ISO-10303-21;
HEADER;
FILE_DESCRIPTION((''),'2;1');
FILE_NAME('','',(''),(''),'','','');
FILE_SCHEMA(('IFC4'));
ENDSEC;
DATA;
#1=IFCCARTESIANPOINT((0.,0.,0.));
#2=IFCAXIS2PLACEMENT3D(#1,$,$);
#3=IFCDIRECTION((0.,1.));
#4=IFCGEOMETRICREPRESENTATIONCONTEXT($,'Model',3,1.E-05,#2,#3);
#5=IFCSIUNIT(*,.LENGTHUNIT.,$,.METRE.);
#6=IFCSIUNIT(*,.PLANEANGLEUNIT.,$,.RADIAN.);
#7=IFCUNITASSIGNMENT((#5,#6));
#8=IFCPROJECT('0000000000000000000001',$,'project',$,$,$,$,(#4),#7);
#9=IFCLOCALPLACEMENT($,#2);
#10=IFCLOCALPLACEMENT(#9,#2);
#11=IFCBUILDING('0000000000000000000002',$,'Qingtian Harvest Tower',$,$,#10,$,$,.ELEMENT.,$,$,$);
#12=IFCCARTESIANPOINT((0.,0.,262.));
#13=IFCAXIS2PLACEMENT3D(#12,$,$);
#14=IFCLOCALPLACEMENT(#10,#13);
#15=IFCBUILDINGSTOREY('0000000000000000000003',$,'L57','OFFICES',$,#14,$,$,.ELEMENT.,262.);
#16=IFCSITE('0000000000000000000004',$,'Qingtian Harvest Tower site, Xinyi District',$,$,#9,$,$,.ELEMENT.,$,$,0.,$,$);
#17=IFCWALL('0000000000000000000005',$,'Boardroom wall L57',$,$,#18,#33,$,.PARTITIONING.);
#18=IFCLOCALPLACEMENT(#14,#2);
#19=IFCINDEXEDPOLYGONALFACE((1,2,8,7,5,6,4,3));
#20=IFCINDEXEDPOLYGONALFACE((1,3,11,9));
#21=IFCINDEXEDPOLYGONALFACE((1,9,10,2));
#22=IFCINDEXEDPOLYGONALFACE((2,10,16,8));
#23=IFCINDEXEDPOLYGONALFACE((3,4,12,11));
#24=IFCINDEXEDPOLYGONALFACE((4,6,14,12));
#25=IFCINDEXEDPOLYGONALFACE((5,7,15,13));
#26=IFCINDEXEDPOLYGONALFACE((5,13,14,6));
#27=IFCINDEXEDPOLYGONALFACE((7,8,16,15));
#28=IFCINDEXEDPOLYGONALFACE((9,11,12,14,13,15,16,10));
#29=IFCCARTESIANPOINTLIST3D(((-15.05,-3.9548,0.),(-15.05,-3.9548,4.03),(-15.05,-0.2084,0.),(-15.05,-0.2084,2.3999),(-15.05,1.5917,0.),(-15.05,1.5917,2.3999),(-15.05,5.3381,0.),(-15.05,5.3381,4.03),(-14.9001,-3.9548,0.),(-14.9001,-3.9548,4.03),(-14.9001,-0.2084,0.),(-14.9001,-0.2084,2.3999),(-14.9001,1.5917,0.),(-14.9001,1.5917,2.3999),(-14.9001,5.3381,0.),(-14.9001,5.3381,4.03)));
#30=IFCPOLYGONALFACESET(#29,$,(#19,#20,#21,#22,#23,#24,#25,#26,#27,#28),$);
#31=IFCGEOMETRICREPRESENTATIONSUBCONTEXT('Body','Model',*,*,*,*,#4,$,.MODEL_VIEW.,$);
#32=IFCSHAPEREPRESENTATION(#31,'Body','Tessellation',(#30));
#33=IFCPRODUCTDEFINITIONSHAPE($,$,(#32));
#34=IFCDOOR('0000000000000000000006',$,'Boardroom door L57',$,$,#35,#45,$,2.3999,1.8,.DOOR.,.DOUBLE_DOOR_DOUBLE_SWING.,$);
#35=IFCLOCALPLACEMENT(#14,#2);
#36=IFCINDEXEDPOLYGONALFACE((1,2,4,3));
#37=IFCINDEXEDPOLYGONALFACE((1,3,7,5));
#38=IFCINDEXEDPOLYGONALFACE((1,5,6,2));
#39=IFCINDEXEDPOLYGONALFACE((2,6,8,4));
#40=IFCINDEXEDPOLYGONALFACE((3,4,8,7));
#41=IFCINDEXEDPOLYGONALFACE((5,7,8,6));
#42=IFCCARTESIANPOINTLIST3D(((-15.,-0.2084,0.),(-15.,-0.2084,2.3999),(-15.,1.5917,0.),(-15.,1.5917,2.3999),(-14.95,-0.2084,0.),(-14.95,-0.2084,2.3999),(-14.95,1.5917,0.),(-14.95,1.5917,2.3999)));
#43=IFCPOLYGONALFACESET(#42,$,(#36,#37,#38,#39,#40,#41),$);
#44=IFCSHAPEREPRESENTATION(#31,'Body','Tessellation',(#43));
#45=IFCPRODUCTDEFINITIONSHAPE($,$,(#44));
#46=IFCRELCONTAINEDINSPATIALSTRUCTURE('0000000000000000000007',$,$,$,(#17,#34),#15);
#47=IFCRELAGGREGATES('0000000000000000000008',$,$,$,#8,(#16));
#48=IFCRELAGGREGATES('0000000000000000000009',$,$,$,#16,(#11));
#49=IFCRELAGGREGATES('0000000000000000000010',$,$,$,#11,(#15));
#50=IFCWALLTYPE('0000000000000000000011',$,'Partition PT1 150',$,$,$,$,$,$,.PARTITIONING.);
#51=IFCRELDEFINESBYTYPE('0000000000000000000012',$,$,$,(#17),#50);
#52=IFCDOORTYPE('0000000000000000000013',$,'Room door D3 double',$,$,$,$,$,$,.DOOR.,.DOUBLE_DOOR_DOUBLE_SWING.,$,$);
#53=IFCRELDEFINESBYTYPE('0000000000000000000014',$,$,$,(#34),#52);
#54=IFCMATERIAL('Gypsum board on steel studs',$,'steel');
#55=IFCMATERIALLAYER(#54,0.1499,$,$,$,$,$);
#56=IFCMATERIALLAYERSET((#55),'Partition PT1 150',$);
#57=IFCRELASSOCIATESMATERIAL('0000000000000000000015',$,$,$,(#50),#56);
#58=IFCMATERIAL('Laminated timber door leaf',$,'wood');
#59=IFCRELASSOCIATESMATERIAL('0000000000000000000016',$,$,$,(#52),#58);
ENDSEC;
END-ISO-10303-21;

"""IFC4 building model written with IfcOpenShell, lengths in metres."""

from ifc_helpers import new_model, si_unit, direction, frame, frame_2d, origin, place, context, subcontext, project, spatial, rectangle, extrude, material, layer, layer_set, type_object, element, fill, save


model = new_model("IFC4")

# Units and contexts
model_context = context("Model", 3, precision=1e-05, world=origin(), true_north=direction((0.0, 1.0)))
body_context = subcontext(model_context, "Body", "Model", "MODEL_VIEW")
ifc_project = project(units=[si_unit("LENGTHUNIT", "METRE"), si_unit("PLANEANGLEUNIT", "RADIAN")], contexts=[model_context])

# Site, building, storey
site_placement = place(None, origin())
site = spatial("IfcSite", under=ifc_project, at=site_placement, Name="Qingtian Harvest Tower site, Xinyi District", CompositionType="ELEMENT", RefElevation=0.0)
building_placement = place(site_placement, origin())
building = spatial("IfcBuilding", under=site, at=building_placement, Name="Qingtian Harvest Tower", CompositionType="ELEMENT")
storey_placement = place(building_placement, frame((0.0, 0.0, 262.0)))
storey = spatial("IfcBuildingStorey", under=building, at=storey_placement, Name="L57", Description="OFFICES", CompositionType="ELEMENT", Elevation=262.0)

# Wall, opening, door
ifc_material_1 = material(Name="Gypsum board on steel studs", Category="steel")
ifc_layer_1 = layer(ifc_material_1, 0.1499)
ifc_layer_set_1 = layer_set([ifc_layer_1], Name="Partition PT1 150")
wall_type_1 = type_object("IfcWallType", Name="Partition PT1 150", PredefinedType="PARTITIONING", material=ifc_layer_set_1)
wall_1_placement = place(storey_placement, frame((-14.9751, -3.9548, 0.0), z_axis=(0.0, 0.0, 1.0), x_axis=(0.0, 1.0, 0.0)))
wall_1 = element("IfcWall", 1, at=wall_1_placement, inside=storey, type_object=wall_type_1, Name="Boardroom wall L57", PredefinedType="PARTITIONING", context=body_context, shape_type="SweptSolid", body=[
    extrude(rectangle(XDim=9.293, YDim=0.1499, at=frame_2d((4.6465, 0.0))), origin(), (0.0, 0.0, 1.0), 4.03),
])
opening_1_placement = place(wall_1_placement, frame((3.7466, 0.0, 0.0)))
opening_1 = element("IfcOpeningElement", 2, at=opening_1_placement, cuts=wall_1, PredefinedType="OPENING", context=body_context, shape_type="SweptSolid", body=[
    extrude(rectangle(XDim=1.8, YDim=2.3999, at=frame_2d((0.8999, 1.2))), frame((0.0, 0.085, 0.0), z_axis=(0.0, -1.0, 0.0), x_axis=(1.0, 0.0, 0.0)), (0.0, 0.0, 1.0), 0.1699),
])
ifc_material_2 = material(Name="Laminated timber door leaf", Category="wood")
door_type_1 = type_object("IfcDoorType", Name="Room door D3 double", OperationType="DOUBLE_DOOR_DOUBLE_SWING", PredefinedType="DOOR", material=ifc_material_2)
door_1_placement = place(opening_1_placement, origin())
door_1 = element("IfcDoor", 3, at=door_1_placement, inside=storey, type_object=door_type_1, Name="Boardroom door L57", OperationType="DOUBLE_DOOR_DOUBLE_SWING", OverallHeight=2.3999, OverallWidth=1.8, PredefinedType="DOOR", context=body_context, shape_type="SweptSolid", body=[
    extrude(rectangle(XDim=1.8, YDim=2.3999, at=frame_2d((0.8999, 1.2))), frame((0.0, 0.0249, 0.0), z_axis=(0.0, -1.0, 0.0), x_axis=(1.0, 0.0, 0.0)), (0.0, 0.0, 1.0), 0.05),
])
fill(opening_1, door_1)

save(model, "model.ifc")
